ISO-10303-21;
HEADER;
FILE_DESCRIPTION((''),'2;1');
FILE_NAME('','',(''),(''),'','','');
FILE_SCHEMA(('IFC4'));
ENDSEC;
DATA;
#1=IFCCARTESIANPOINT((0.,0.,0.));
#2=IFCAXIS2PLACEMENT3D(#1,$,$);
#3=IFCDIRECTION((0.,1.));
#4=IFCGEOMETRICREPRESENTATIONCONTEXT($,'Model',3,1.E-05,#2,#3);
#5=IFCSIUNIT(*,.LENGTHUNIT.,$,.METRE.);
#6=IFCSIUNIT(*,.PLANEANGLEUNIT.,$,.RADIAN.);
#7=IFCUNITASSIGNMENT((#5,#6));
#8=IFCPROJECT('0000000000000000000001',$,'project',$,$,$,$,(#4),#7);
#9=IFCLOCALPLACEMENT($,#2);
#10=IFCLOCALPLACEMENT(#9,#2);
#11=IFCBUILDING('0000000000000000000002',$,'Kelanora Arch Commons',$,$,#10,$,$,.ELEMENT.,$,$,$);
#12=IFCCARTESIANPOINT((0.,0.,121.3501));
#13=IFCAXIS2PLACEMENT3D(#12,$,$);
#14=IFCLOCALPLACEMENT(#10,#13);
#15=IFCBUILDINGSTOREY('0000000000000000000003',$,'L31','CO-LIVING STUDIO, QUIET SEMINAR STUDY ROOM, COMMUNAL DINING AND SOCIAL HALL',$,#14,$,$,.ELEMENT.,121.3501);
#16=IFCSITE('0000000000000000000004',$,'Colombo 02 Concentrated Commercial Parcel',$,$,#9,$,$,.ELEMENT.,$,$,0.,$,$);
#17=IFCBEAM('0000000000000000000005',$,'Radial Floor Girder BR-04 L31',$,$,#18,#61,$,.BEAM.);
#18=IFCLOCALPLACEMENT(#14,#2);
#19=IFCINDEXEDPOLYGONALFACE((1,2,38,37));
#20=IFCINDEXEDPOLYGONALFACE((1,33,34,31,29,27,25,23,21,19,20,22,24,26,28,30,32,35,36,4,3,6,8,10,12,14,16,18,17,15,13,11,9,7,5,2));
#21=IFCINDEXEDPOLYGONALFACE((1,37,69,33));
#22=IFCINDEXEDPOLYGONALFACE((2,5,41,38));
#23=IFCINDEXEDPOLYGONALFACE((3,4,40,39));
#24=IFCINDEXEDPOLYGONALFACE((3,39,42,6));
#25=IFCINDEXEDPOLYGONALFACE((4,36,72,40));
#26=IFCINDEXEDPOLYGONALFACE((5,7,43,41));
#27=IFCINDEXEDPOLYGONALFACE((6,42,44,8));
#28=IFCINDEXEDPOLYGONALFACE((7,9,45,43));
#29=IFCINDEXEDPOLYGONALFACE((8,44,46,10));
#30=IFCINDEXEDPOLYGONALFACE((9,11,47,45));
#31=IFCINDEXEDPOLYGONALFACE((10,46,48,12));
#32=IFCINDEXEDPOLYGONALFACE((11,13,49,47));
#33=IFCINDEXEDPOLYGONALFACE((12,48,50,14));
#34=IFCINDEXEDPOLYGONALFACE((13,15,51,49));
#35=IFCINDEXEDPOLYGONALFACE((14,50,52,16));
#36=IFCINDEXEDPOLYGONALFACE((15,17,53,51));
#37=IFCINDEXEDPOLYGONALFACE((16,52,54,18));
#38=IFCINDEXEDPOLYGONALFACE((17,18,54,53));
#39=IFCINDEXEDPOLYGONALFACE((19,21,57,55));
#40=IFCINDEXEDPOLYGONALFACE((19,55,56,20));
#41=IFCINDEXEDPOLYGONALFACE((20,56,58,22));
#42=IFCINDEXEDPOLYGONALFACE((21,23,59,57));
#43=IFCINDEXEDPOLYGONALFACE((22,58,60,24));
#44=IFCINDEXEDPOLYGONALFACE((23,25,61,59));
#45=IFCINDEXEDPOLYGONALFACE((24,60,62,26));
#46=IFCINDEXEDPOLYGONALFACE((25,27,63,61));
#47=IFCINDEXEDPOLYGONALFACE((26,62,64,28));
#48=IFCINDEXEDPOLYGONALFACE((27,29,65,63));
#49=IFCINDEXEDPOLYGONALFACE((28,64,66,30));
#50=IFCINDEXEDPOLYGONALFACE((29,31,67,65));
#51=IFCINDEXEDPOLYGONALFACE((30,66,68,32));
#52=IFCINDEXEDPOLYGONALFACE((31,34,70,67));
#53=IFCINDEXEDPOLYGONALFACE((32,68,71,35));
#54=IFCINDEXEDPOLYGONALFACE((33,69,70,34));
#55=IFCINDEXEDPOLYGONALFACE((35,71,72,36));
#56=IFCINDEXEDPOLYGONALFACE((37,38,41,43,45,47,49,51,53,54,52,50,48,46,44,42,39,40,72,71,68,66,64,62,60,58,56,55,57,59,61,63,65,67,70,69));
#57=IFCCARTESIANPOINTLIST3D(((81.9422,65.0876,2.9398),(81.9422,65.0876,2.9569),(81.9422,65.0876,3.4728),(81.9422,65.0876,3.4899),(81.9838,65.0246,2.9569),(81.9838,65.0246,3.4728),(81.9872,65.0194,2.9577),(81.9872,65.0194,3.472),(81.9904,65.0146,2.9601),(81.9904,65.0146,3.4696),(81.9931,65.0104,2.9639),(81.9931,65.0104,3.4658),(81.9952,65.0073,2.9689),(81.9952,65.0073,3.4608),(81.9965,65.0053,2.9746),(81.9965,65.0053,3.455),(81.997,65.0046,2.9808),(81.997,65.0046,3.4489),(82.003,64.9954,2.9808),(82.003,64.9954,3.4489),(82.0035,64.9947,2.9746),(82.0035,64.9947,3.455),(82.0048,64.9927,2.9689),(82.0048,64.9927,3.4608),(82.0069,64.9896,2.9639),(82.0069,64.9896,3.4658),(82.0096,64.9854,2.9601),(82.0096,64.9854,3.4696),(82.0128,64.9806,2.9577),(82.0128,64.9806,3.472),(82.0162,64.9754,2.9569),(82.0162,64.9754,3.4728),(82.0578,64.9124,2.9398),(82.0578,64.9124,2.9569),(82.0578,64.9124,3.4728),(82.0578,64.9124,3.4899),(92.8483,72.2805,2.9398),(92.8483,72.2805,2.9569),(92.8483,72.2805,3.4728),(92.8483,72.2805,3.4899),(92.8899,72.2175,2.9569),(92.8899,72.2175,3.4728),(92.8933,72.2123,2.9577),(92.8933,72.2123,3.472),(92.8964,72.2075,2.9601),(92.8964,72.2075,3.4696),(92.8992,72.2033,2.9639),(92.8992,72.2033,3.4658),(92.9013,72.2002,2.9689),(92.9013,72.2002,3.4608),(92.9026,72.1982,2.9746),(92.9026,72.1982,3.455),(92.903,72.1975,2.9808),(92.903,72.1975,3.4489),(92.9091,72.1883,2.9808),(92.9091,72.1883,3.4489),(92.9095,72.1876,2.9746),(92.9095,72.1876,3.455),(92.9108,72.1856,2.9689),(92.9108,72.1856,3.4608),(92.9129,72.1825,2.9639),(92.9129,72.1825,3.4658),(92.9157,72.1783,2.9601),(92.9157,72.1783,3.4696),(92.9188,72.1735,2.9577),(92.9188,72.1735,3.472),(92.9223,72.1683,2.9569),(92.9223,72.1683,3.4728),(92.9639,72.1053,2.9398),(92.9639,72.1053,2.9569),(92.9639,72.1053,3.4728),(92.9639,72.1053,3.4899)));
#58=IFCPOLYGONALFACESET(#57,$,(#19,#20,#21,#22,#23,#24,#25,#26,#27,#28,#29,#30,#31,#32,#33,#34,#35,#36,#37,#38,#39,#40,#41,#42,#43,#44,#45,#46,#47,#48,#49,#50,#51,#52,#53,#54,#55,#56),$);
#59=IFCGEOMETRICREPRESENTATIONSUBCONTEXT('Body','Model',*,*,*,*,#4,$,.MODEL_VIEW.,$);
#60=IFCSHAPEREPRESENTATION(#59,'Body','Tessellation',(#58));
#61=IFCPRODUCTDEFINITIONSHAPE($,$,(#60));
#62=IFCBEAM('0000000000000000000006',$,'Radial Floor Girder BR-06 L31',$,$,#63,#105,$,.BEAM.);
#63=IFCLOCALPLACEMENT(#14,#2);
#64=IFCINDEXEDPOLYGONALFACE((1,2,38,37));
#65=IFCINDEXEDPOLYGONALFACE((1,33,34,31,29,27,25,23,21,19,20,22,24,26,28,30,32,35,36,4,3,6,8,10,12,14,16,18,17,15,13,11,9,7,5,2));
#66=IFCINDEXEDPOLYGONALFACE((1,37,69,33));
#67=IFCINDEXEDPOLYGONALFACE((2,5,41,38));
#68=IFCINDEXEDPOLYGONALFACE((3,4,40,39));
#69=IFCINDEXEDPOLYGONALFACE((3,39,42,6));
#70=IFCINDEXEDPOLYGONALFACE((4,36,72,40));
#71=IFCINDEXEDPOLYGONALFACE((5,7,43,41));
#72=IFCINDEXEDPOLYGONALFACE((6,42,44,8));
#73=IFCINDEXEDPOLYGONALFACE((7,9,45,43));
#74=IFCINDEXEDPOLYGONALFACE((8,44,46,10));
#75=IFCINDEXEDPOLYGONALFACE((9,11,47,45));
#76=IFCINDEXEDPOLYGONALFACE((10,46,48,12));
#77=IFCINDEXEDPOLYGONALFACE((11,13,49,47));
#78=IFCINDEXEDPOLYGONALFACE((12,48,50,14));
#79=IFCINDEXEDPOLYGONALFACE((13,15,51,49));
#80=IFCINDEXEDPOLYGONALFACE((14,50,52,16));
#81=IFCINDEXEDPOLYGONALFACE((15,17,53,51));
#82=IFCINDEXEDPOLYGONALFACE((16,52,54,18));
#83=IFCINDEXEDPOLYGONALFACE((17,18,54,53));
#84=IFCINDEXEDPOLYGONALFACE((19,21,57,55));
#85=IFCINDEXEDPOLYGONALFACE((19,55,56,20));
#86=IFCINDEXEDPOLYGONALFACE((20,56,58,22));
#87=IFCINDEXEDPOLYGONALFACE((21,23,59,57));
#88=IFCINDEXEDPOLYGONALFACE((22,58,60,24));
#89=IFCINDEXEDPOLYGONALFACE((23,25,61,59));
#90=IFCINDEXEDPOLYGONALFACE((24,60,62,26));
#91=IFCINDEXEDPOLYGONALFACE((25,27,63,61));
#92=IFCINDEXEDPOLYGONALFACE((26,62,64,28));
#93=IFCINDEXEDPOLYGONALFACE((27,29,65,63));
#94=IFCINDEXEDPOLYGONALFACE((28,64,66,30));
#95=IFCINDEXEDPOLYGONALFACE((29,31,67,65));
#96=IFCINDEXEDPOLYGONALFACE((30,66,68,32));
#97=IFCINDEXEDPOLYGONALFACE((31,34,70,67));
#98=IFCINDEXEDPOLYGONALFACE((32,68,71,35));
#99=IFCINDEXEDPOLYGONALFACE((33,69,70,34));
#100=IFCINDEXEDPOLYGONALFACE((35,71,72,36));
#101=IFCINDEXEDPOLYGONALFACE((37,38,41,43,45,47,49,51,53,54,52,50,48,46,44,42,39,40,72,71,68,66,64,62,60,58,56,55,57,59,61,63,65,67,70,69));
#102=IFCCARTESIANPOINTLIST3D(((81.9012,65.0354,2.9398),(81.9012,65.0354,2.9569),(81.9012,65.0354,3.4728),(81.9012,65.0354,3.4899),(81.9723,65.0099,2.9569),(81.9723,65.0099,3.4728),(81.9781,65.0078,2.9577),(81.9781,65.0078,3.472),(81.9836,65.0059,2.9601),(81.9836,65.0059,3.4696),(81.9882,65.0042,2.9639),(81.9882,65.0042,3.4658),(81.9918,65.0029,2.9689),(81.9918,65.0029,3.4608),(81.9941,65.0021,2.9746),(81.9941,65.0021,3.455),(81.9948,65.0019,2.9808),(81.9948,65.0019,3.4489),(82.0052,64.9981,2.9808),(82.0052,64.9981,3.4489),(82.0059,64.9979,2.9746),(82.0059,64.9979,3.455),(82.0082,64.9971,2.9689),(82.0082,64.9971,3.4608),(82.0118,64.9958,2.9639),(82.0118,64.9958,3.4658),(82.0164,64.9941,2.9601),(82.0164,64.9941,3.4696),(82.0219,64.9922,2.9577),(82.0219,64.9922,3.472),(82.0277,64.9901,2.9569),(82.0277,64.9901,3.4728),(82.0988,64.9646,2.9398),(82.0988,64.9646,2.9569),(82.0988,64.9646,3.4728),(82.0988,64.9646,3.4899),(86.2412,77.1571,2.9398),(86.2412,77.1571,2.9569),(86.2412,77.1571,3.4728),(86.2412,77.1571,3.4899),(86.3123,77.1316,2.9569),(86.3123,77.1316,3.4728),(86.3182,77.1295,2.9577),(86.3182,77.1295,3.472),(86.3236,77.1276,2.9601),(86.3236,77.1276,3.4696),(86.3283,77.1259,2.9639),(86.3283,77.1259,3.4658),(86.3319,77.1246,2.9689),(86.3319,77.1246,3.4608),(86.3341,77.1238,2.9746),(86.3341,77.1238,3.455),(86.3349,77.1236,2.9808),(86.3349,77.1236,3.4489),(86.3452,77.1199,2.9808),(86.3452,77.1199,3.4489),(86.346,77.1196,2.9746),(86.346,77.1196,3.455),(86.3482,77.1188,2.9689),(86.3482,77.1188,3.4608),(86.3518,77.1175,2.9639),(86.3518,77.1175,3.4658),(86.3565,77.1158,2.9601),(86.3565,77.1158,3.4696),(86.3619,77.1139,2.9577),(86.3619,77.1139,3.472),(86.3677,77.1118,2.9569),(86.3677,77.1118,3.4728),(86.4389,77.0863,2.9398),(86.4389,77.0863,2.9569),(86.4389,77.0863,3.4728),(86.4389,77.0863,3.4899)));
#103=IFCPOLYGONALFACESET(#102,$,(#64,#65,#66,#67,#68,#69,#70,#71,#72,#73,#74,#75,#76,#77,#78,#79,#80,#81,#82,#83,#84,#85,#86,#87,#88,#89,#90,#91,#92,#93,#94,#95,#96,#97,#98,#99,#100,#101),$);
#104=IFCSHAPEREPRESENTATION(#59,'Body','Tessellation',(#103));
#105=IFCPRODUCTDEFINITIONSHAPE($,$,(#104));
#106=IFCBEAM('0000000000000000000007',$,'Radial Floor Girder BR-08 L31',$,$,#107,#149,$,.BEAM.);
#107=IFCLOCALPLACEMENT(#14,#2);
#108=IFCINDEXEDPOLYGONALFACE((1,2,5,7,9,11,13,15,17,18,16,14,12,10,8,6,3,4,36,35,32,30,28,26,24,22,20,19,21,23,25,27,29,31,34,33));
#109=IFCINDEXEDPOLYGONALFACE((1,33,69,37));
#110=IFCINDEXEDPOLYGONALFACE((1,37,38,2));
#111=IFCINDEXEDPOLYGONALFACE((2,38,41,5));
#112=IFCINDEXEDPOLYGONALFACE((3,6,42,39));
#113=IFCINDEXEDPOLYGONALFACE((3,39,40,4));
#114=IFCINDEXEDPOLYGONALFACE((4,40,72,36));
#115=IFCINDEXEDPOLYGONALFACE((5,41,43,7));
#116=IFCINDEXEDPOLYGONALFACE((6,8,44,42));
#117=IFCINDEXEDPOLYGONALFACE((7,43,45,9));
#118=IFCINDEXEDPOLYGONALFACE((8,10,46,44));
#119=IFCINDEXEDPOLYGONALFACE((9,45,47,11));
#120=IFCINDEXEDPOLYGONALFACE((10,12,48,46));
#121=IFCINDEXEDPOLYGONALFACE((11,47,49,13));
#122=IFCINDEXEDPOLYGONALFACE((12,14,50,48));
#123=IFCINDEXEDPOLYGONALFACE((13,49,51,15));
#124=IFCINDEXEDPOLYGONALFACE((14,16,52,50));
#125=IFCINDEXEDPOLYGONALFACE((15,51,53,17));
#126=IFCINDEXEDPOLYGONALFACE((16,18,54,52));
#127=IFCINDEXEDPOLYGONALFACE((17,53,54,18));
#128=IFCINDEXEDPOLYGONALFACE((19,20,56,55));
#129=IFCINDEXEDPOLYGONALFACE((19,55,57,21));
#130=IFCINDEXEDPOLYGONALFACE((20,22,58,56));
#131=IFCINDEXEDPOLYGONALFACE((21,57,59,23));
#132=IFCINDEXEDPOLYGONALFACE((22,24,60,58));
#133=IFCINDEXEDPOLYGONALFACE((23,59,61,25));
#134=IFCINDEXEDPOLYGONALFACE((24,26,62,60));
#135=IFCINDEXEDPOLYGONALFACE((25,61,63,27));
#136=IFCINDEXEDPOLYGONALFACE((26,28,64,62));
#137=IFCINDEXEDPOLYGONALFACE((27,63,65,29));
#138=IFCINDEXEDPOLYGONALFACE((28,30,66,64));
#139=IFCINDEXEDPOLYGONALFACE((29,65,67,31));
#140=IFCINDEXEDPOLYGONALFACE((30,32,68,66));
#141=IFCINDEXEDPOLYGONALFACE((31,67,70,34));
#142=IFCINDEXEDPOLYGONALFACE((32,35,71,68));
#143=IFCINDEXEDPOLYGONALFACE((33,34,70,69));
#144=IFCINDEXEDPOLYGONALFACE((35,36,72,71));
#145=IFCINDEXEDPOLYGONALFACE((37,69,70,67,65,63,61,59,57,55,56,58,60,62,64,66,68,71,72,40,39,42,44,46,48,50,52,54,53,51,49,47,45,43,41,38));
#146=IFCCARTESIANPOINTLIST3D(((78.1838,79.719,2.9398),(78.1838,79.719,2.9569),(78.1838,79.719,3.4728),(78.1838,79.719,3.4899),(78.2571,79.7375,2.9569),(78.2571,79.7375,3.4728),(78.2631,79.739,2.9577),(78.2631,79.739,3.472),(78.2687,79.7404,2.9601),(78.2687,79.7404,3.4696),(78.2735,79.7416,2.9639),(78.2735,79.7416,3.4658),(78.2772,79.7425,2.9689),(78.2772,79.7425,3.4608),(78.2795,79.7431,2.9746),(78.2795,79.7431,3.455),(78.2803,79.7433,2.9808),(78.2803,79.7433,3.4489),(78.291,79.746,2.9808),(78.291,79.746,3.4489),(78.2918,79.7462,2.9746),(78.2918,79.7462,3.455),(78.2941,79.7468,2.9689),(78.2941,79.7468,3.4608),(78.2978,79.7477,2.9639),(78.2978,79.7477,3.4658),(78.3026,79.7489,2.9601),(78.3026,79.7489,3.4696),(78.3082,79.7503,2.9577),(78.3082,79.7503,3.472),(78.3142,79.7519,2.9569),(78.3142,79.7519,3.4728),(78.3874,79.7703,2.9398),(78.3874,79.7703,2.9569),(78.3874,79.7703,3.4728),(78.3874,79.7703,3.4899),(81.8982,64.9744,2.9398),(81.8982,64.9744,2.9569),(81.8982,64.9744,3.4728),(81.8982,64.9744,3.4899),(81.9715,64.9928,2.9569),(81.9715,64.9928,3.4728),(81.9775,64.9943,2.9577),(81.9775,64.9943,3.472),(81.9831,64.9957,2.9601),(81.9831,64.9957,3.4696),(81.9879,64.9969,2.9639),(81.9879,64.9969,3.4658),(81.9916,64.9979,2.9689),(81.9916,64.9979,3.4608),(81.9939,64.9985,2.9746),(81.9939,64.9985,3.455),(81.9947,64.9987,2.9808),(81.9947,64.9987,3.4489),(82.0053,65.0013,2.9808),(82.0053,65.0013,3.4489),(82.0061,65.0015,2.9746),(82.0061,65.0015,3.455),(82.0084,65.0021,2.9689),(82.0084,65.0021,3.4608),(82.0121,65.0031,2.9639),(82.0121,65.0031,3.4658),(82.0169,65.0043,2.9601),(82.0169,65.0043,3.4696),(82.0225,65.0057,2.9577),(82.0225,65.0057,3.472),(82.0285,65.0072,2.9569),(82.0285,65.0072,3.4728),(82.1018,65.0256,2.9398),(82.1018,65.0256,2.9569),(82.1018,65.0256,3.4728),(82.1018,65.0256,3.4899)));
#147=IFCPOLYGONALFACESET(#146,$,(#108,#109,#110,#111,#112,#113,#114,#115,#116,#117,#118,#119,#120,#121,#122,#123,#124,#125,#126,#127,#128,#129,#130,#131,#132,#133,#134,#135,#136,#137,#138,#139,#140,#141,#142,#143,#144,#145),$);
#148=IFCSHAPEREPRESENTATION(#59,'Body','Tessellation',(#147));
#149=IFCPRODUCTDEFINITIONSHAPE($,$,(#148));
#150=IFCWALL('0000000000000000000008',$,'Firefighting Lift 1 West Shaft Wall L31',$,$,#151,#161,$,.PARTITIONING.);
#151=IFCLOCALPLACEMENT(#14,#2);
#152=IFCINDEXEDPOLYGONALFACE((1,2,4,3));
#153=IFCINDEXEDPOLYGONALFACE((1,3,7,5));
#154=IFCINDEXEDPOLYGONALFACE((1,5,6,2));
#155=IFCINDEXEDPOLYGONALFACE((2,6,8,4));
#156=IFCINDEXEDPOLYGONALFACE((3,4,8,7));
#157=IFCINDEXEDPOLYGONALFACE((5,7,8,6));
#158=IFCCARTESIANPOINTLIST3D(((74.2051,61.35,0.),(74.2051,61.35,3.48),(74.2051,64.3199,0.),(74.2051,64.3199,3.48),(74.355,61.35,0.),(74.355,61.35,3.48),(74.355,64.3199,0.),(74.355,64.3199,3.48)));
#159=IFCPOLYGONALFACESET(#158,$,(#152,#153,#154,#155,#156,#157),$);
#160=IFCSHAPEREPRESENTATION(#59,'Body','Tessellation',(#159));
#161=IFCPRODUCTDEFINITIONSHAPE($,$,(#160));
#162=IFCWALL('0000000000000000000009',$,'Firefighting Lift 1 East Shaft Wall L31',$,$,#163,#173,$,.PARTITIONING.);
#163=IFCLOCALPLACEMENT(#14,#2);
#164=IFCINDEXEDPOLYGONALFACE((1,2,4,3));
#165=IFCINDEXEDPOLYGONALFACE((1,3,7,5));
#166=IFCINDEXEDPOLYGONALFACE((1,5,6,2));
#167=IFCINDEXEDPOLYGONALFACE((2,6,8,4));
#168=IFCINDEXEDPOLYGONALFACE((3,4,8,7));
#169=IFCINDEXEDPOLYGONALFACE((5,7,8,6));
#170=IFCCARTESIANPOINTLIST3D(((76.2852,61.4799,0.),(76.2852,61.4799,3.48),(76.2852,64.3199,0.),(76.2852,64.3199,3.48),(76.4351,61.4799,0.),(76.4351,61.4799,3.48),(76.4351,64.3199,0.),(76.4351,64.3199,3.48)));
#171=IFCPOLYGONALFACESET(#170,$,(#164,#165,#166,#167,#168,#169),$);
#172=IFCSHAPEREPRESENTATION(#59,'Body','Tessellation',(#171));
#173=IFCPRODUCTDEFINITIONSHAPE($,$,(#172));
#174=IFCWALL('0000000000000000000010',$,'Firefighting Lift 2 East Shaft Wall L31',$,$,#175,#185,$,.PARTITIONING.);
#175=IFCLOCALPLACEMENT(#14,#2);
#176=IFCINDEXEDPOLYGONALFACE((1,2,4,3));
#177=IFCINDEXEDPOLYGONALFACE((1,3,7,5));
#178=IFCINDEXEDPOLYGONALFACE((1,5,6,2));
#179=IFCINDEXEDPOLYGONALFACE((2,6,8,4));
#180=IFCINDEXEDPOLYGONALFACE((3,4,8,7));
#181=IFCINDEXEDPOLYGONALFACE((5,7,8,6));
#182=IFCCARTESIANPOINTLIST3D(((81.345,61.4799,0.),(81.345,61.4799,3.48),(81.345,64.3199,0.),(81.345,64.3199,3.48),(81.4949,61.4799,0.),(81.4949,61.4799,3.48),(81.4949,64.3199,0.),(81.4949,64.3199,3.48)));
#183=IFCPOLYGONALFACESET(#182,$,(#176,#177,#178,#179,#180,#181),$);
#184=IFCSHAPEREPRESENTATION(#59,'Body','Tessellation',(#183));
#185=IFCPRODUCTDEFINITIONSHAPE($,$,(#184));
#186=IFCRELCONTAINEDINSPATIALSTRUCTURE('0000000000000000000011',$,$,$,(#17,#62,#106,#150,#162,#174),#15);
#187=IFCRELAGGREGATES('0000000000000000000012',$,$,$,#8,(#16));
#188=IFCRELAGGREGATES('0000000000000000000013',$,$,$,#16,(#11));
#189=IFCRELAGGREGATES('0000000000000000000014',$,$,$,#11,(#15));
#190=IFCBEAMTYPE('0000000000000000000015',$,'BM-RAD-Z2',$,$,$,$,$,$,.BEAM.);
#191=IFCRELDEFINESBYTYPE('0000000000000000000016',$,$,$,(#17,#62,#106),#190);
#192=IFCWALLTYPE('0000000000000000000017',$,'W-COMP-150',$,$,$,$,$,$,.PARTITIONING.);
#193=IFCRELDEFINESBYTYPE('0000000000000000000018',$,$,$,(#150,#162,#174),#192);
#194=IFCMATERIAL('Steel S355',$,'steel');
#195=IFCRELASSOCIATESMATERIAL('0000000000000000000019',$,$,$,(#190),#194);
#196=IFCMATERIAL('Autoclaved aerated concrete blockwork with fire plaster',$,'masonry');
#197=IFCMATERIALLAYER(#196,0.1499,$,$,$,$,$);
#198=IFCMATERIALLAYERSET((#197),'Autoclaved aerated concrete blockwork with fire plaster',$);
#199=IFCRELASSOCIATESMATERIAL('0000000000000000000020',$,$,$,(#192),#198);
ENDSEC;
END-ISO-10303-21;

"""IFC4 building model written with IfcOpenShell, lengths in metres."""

from ifc_helpers import new_model, si_unit, direction, frame, frame_2d, origin, origin_2d, place, context, subcontext, project, spatial, rectangle, i_section, extrude, material, layer, layer_set, material_profile, profile_set, type_object, element, save


model = new_model("IFC4")

# Units and contexts
model_context = context("Model", 3, precision=1e-05, world=origin(), true_north=direction((0.0, 1.0)))
body_context = subcontext(model_context, "Body", "Model", "MODEL_VIEW")
ifc_project = project(units=[si_unit("LENGTHUNIT", "METRE"), si_unit("PLANEANGLEUNIT", "RADIAN")], contexts=[model_context])

# Site, building, storey
site_placement = place(None, origin())
site = spatial("IfcSite", under=ifc_project, at=site_placement, Name="Colombo 02 Concentrated Commercial Parcel", CompositionType="ELEMENT", RefElevation=0.0)
building_placement = place(site_placement, origin())
building = spatial("IfcBuilding", under=site, at=building_placement, Name="Kelanora Arch Commons", CompositionType="ELEMENT")
storey_placement = place(building_placement, frame((0.0, 0.0, 121.3501)))
storey = spatial("IfcBuildingStorey", under=building, at=storey_placement, Name="L31", Description="CO-LIVING STUDIO, QUIET SEMINAR STUDY ROOM, COMMUNAL DINING AND SOCIAL HALL", CompositionType="ELEMENT", Elevation=121.3501)

# Beams
ifc_material_1 = material(Name="Steel S355", Category="steel")
ifc_material_profile_1 = material_profile(ifc_material_1, i_section(OverallWidth=0.21, OverallDepth=0.55, WebThickness=0.011, FlangeThickness=0.0171, FilletRadius=0.0239, at=origin_2d()), Name="IPE550")
ifc_profile_set_1 = profile_set([ifc_material_profile_1], Name="Steel S355")
beam_type_1 = type_object("IfcBeamType", Name="BM-RAD-Z2", PredefinedType="BEAM", material=ifc_profile_set_1)
beam_1_placement = place(storey_placement, frame((82.0, 65.0, 3.2148), z_axis=(0.834789, 0.550571, 0.0), x_axis=(-0.550571, 0.834789, 0.0)))
element("IfcBeam", 1, at=beam_1_placement, inside=storey, type_object=beam_type_1, Name="Radial Floor Girder BR-04 L31", PredefinedType="BEAM", context=body_context, shape_type="SweptSolid", body=[
    extrude(i_section(OverallWidth=0.21, OverallDepth=0.55, WebThickness=0.011, FlangeThickness=0.0171, FilletRadius=0.0239, at=origin_2d()), origin(), (0.0, 0.0, 1.0), 13.0645),
])
beam_2_placement = place(storey_placement, frame((82.0, 65.0, 3.2148), z_axis=(0.337085, 0.941474, 0.0), x_axis=(-0.941474, 0.337085, 0.0)))
element("IfcBeam", 2, at=beam_2_placement, inside=storey, type_object=beam_type_1, Name="Radial Floor Girder BR-06 L31", PredefinedType="BEAM", context=body_context, shape_type="SweptSolid", body=[
    extrude(i_section(OverallWidth=0.21, OverallDepth=0.55, WebThickness=0.011, FlangeThickness=0.0171, FilletRadius=0.0239, at=origin_2d()), origin(), (0.0, 0.0, 1.0), 12.8752),
])
beam_3_placement = place(storey_placement, frame((82.0, 65.0, 3.2148), z_axis=(-0.244281, 0.969705, 0.0), x_axis=(-0.969705, -0.244281, 0.0)))
element("IfcBeam", 3, at=beam_3_placement, inside=storey, type_object=beam_type_1, Name="Radial Floor Girder BR-08 L31", PredefinedType="BEAM", context=body_context, shape_type="SweptSolid", body=[
    extrude(i_section(OverallWidth=0.21, OverallDepth=0.55, WebThickness=0.011, FlangeThickness=0.0171, FilletRadius=0.0239, at=origin_2d()), origin(), (0.0, 0.0, 1.0), 15.2053),
])

# Walls
ifc_material_2 = material(Name="Autoclaved aerated concrete blockwork with fire plaster", Category="masonry")
ifc_layer_1 = layer(ifc_material_2, 0.1499)
ifc_layer_set_1 = layer_set([ifc_layer_1], Name="Autoclaved aerated concrete blockwork with fire plaster")
wall_type_1 = type_object("IfcWallType", Name="W-COMP-150", PredefinedType="PARTITIONING", material=ifc_layer_set_1)
wall_1_placement = place(storey_placement, frame((74.28, 61.3501, 0.0), z_axis=(0.0, 0.0, 1.0), x_axis=(0.0, 1.0, 0.0)))
element("IfcWall", 4, at=wall_1_placement, inside=storey, type_object=wall_type_1, Name="Firefighting Lift 1 West Shaft Wall L31", PredefinedType="PARTITIONING", context=body_context, shape_type="SweptSolid", body=[
    extrude(rectangle(XDim=2.97, YDim=0.1499, at=frame_2d((1.4849, 0.0))), origin(), (0.0, 0.0, 1.0), 3.48),
])
for number, where, z_axis, x_axis, name in (
    (5, (76.3601, 61.48, 0.0), (0.0, 0.0, 1.0), (0.0, 1.0, 0.0), "Firefighting Lift 1 East Shaft Wall L31"),
    (6, (81.4199, 61.48, 0.0), (0.0, 0.0, 1.0), (0.0, 1.0, 0.0), "Firefighting Lift 2 East Shaft Wall L31"),
):
    element("IfcWall", number, at=place(storey_placement, frame(where, z_axis=z_axis, x_axis=x_axis)), inside=storey, type_object=wall_type_1, Name=name, PredefinedType="PARTITIONING", context=body_context, shape_type="SweptSolid", body=[
        extrude(rectangle(XDim=2.8401, YDim=0.1499, at=frame_2d((1.4199, 0.0))), origin(), (0.0, 0.0, 1.0), 3.48),
    ])

save(model, "model.ifc")
